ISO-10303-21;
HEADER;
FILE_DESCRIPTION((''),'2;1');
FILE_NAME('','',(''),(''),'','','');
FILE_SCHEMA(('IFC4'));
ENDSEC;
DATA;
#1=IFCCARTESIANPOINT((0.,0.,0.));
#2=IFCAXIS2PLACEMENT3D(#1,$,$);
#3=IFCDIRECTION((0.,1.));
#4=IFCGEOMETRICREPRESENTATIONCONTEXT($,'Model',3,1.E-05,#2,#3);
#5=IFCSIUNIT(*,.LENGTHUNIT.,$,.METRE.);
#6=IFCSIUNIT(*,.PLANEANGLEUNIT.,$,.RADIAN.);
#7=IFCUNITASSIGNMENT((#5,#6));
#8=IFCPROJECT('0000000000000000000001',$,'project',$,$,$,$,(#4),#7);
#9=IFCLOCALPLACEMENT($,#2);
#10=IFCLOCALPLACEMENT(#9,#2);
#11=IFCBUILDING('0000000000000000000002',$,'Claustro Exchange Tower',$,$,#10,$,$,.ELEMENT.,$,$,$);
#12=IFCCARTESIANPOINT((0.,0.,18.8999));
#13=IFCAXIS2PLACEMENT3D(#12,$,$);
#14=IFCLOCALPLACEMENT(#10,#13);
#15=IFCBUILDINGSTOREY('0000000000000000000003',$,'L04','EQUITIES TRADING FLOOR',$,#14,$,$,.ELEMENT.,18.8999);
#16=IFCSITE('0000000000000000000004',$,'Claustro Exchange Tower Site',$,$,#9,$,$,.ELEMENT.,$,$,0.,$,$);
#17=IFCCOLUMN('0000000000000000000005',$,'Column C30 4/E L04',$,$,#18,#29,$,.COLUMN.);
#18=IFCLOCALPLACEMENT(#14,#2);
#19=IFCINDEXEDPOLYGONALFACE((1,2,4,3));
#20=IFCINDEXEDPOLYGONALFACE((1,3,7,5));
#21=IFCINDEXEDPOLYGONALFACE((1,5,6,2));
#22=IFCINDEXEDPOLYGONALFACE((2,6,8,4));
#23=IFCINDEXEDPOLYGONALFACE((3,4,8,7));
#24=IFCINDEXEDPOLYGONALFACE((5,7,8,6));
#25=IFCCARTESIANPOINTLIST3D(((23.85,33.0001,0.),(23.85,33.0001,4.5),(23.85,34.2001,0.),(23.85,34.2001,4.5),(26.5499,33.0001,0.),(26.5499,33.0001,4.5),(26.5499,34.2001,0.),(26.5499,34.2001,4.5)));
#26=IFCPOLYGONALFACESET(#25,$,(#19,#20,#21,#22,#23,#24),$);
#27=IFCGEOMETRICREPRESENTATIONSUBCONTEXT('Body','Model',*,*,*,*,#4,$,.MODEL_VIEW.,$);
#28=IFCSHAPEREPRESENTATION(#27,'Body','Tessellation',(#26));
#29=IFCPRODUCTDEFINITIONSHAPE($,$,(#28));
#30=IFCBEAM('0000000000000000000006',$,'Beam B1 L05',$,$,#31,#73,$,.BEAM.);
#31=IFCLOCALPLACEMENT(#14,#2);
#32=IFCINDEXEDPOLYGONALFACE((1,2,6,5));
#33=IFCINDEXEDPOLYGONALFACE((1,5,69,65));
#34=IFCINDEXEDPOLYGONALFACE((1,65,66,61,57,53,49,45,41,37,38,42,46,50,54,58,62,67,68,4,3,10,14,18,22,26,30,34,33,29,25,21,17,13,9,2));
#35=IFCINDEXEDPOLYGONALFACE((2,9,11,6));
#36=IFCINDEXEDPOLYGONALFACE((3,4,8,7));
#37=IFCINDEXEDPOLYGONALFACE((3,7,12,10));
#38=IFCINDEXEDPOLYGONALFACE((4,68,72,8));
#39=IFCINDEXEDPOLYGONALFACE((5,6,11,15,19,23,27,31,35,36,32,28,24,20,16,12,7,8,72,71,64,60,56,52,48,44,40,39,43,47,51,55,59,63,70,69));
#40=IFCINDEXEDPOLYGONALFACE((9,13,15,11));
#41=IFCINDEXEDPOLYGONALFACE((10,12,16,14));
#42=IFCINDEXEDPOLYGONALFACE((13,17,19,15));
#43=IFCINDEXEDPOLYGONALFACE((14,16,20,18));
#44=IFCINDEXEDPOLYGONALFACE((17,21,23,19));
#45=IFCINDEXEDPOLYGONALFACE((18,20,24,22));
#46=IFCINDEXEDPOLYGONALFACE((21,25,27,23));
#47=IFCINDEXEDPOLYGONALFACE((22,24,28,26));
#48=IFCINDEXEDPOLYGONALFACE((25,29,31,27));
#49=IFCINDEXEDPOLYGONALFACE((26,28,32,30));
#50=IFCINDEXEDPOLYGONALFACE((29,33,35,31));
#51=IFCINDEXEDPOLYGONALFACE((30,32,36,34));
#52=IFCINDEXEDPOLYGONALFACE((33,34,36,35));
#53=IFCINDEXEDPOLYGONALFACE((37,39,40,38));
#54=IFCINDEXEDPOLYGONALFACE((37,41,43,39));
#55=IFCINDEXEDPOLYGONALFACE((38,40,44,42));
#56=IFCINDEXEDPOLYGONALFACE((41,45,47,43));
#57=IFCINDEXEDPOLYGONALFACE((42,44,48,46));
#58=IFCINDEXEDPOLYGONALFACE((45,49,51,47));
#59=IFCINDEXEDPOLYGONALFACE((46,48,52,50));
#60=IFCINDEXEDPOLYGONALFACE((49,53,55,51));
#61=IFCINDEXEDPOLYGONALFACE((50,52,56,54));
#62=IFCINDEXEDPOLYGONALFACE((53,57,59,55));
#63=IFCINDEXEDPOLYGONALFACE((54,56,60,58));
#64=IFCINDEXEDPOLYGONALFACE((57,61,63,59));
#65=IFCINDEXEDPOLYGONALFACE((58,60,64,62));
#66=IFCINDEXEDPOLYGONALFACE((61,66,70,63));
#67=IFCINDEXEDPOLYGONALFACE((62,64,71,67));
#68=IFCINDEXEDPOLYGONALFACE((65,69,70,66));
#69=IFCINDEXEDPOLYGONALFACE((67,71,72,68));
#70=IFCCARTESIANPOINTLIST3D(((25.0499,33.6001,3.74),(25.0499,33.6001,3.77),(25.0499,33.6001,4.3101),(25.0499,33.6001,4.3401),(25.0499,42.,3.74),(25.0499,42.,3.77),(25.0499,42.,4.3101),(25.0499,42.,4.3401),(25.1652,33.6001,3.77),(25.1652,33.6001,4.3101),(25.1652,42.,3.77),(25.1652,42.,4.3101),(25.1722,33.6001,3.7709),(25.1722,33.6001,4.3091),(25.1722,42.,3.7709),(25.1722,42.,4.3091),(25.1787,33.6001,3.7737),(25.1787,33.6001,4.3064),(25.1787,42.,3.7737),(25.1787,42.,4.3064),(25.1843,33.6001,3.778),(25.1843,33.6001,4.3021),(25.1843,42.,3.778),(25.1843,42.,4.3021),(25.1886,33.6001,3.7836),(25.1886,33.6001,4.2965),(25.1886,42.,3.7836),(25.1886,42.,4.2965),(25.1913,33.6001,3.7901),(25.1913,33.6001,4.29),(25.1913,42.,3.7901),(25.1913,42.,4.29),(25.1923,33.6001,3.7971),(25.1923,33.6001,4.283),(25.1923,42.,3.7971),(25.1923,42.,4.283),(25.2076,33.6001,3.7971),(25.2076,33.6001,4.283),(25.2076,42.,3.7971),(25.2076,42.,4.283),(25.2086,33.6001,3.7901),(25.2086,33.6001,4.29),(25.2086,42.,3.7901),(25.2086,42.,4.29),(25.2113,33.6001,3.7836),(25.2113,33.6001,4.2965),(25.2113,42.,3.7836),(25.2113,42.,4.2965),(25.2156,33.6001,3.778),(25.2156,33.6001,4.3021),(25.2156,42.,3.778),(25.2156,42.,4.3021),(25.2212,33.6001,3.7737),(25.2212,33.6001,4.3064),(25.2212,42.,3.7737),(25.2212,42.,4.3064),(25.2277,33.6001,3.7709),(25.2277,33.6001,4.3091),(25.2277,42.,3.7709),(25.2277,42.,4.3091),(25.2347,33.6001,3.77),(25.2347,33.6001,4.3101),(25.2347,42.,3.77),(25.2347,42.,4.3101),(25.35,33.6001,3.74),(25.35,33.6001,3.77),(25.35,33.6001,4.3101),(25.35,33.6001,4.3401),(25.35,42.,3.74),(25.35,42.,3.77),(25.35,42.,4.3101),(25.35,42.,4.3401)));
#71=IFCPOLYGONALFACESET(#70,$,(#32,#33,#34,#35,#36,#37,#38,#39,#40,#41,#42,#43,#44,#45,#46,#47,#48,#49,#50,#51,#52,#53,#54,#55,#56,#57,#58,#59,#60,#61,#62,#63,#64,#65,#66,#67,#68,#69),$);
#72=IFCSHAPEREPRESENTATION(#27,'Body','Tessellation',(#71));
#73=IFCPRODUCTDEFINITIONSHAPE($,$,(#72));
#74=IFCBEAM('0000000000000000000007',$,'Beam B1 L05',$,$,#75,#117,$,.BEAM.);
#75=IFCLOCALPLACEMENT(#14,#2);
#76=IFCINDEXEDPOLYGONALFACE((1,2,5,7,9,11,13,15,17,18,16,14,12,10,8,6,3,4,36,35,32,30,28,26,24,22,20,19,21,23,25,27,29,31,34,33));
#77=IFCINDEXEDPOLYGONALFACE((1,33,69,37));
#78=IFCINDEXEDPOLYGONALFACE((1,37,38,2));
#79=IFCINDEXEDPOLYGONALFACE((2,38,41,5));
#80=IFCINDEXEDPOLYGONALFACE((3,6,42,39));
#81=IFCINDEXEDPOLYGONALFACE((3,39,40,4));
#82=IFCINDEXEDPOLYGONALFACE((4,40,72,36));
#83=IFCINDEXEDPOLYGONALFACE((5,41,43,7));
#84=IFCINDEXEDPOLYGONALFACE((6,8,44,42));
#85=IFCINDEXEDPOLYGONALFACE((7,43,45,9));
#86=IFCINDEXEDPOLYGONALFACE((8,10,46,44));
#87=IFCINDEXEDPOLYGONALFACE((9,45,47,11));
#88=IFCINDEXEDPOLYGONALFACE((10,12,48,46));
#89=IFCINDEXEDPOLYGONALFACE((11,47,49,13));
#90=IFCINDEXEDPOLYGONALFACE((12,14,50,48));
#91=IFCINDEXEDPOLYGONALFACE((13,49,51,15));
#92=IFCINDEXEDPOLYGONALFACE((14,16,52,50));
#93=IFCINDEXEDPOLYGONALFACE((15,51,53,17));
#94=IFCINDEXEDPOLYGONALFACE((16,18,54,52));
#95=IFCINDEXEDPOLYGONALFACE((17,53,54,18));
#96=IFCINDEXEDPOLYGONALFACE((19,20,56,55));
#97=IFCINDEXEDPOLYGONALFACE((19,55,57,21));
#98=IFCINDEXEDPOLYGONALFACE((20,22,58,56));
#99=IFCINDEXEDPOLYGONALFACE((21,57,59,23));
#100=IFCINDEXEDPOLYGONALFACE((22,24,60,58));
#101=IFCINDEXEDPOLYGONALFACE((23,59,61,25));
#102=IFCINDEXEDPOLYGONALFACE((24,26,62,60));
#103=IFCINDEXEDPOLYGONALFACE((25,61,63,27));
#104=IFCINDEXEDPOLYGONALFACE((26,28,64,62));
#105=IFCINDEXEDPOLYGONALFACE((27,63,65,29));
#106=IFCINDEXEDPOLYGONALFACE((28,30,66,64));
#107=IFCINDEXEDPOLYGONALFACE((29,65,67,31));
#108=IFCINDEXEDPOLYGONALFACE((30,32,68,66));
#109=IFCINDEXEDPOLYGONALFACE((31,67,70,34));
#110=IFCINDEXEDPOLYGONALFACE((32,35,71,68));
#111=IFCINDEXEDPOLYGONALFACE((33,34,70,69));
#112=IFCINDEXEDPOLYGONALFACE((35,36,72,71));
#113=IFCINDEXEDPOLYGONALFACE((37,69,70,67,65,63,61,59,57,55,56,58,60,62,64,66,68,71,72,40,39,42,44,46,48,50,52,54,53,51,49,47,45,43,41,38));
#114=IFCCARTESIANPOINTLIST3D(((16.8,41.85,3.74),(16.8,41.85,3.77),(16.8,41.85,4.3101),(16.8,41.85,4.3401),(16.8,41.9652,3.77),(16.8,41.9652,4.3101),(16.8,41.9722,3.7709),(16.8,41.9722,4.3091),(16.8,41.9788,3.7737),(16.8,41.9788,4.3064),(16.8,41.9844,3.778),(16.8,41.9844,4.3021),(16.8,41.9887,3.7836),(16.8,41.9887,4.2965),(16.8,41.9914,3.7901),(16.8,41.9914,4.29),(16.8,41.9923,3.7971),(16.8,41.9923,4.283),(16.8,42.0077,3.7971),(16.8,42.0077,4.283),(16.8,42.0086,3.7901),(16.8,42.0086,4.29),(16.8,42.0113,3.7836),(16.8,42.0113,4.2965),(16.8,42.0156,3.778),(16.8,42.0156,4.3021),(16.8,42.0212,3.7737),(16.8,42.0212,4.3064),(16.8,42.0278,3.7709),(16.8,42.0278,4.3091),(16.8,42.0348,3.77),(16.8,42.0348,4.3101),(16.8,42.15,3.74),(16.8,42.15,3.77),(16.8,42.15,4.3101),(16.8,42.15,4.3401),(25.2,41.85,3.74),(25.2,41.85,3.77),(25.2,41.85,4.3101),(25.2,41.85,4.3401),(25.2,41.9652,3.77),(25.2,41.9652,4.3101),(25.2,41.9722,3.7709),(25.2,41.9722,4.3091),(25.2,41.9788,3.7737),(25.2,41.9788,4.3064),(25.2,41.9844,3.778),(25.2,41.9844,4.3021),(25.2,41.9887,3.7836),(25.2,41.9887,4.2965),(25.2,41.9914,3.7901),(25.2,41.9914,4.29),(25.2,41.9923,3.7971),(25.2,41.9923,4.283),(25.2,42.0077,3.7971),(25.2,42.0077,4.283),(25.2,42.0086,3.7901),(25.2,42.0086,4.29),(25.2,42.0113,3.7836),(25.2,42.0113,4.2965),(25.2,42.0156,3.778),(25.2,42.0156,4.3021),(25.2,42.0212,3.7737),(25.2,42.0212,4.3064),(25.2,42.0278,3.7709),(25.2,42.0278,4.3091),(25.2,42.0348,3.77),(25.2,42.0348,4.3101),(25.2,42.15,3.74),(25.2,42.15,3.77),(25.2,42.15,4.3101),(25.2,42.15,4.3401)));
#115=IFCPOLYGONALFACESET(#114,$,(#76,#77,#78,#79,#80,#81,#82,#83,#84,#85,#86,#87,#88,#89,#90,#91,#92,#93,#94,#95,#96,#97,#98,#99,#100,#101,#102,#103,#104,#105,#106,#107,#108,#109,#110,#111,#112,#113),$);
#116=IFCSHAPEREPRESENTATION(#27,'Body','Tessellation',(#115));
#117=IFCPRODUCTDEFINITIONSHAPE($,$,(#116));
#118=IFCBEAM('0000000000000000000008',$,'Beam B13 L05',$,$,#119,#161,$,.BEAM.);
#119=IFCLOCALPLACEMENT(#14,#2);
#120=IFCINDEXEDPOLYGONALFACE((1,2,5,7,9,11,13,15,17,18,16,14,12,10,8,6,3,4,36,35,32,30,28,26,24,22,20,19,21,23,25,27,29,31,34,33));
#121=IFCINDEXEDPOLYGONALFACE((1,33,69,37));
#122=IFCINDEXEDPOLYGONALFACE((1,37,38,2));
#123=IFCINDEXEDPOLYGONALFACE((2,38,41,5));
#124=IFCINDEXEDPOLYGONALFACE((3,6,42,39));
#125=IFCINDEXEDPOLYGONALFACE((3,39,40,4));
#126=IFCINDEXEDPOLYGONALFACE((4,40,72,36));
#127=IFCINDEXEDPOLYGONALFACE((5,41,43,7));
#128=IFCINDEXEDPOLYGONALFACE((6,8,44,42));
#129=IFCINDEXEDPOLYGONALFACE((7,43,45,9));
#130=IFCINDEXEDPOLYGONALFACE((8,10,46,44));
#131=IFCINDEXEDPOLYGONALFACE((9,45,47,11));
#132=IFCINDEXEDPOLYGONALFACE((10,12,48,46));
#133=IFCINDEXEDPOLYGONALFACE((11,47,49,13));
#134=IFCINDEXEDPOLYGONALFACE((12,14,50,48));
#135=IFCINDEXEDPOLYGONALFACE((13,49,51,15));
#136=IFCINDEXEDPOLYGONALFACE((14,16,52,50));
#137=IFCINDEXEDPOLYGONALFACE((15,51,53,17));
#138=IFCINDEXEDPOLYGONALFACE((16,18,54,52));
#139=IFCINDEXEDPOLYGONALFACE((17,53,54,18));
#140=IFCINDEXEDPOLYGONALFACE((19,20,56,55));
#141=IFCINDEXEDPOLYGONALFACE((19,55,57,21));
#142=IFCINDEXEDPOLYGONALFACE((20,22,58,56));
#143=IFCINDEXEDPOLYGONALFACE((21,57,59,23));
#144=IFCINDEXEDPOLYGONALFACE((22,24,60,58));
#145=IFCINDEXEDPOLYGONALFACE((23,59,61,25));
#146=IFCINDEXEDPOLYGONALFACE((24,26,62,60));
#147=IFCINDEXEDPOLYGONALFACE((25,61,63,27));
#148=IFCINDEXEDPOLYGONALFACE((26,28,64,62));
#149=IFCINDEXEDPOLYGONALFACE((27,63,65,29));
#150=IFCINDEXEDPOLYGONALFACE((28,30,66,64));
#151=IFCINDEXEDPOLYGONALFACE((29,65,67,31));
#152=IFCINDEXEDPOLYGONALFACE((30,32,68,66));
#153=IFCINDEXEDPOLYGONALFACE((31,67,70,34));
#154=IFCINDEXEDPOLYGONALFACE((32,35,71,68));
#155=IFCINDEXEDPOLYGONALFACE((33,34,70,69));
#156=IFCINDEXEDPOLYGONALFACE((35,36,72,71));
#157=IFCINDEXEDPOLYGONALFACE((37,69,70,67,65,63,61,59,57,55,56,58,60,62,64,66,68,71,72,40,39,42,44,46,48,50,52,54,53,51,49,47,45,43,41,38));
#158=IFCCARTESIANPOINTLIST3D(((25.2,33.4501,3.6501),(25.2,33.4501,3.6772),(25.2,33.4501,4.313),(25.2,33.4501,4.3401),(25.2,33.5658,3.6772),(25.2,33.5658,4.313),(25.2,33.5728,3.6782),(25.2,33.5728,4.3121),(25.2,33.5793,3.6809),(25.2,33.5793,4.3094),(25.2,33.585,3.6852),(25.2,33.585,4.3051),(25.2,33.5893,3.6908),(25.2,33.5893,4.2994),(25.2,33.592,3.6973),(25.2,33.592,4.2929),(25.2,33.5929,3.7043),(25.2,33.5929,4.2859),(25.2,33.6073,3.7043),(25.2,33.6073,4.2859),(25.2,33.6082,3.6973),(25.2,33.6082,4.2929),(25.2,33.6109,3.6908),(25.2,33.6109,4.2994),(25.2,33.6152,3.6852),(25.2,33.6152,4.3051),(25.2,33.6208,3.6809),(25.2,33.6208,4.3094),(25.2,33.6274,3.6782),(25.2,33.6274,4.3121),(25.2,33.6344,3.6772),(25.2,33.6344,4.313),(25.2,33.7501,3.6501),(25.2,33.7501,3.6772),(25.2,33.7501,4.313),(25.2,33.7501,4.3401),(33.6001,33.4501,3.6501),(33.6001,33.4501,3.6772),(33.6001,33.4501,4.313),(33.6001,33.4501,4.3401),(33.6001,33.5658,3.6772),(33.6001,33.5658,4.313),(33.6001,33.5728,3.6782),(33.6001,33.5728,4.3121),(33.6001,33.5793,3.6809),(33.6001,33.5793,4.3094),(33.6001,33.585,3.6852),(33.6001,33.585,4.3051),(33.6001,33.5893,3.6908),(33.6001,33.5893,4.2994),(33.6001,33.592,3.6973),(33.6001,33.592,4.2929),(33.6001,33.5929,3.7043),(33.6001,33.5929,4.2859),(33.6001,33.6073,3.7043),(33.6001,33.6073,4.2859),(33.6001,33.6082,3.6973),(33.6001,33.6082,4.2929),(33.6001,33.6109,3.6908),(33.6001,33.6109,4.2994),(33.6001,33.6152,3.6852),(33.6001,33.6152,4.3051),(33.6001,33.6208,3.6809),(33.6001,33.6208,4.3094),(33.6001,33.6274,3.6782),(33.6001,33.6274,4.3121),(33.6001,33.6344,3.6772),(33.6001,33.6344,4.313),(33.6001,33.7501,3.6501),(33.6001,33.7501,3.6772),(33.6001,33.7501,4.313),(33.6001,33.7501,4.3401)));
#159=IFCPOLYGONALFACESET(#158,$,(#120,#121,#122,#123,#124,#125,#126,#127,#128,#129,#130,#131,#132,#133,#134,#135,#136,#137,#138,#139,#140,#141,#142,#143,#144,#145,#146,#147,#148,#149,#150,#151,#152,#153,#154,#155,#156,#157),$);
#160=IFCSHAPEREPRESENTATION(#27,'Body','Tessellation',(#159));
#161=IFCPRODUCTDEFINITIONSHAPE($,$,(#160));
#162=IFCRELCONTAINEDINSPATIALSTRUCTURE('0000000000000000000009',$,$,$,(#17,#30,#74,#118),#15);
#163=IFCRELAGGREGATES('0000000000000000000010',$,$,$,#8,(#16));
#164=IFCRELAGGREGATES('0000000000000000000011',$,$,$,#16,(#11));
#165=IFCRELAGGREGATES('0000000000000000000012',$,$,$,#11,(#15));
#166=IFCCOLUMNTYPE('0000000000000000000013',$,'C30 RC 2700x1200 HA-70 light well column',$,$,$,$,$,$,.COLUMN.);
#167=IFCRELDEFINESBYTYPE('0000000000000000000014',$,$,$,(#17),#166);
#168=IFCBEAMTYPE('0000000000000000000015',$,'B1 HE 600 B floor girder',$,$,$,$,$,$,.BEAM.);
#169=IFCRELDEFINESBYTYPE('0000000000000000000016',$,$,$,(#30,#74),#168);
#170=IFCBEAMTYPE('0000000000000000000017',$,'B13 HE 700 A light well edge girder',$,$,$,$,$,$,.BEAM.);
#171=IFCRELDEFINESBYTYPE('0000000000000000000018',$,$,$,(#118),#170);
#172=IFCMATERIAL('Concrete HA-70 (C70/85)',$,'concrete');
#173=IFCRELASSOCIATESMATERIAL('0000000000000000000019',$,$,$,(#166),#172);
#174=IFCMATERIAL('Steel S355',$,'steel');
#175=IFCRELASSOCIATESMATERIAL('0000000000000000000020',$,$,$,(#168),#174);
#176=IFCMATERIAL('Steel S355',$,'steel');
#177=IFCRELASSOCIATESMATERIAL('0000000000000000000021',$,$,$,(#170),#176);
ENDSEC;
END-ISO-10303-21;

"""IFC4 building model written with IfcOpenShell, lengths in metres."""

from ifc_helpers import new_model, si_unit, direction, frame, origin, origin_2d, place, context, subcontext, project, spatial, rectangle, i_section, extrude, material, material_profile, profile_set, type_object, element, save


model = new_model("IFC4")

# Units and contexts
model_context = context("Model", 3, precision=1e-05, world=origin(), true_north=direction((0.0, 1.0)))
body_context = subcontext(model_context, "Body", "Model", "MODEL_VIEW")
ifc_project = project(units=[si_unit("LENGTHUNIT", "METRE"), si_unit("PLANEANGLEUNIT", "RADIAN")], contexts=[model_context])

# Site, building, storey
site_placement = place(None, origin())
site = spatial("IfcSite", under=ifc_project, at=site_placement, Name="Claustro Exchange Tower Site", CompositionType="ELEMENT", RefElevation=0.0)
building_placement = place(site_placement, origin())
building = spatial("IfcBuilding", under=site, at=building_placement, Name="Claustro Exchange Tower", CompositionType="ELEMENT")
storey_placement = place(building_placement, frame((0.0, 0.0, 18.8999)))
storey = spatial("IfcBuildingStorey", under=building, at=storey_placement, Name="L04", Description="EQUITIES TRADING FLOOR", CompositionType="ELEMENT", Elevation=18.8999)

# Column
ifc_material_1 = material(Name="Concrete HA-70 (C70/85)", Category="concrete")
ifc_material_profile_1 = material_profile(ifc_material_1, rectangle(XDim=2.7, YDim=1.2, at=origin_2d()), Name="RC 2700x1200")
ifc_profile_set_1 = profile_set([ifc_material_profile_1], Name="Concrete HA-70 (C70/85)")
column_type = type_object("IfcColumnType", Name="C30 RC 2700x1200 HA-70 light well column", PredefinedType="COLUMN", material=ifc_profile_set_1)
column_placement = place(storey_placement, frame((25.2, 33.6001, 0.0), z_axis=(0.0, 0.0, 1.0), x_axis=(1.0, 0.0, 0.0)))
element("IfcColumn", 1, at=column_placement, inside=storey, type_object=column_type, Name="Column C30 4/E L04", PredefinedType="COLUMN", context=body_context, shape_type="SweptSolid", body=[
    extrude(rectangle(XDim=2.7, YDim=1.2, at=origin_2d()), origin(), (0.0, 0.0, 1.0), 4.5),
])

# Beams
ifc_material_2 = material(Name="Steel S355", Category="steel")
ifc_material_profile_2 = material_profile(ifc_material_2, i_section(OverallWidth=0.3, OverallDepth=0.6001, WebThickness=0.0154, FlangeThickness=0.03, FilletRadius=0.0271, at=origin_2d()), Name="HE 600 B")
ifc_profile_set_2 = profile_set([ifc_material_profile_2], Name="Steel S355")
beam_type_1 = type_object("IfcBeamType", Name="B1 HE 600 B floor girder", PredefinedType="BEAM", material=ifc_profile_set_2)
for number, where, z_axis, x_axis, name in (
    (2, (25.2, 33.6001, 4.04), (0.0, 1.0, 0.0), (-1.0, 0.0, 0.0), "Beam B1 L05"),
    (3, (16.8, 42.0, 4.04), (1.0, 0.0, 0.0), (0.0, 1.0, 0.0), "Beam B1 L05"),
):
    element("IfcBeam", number, at=place(storey_placement, frame(where, z_axis=z_axis, x_axis=x_axis)), inside=storey, type_object=beam_type_1, Name=name, PredefinedType="BEAM", context=body_context, shape_type="SweptSolid", body=[
        extrude(i_section(OverallWidth=0.3, OverallDepth=0.6001, WebThickness=0.0154, FlangeThickness=0.03, FilletRadius=0.0271, at=origin_2d()), origin(), (0.0, 0.0, 1.0), 8.3999),
    ])
ifc_material_3 = material(Name="Steel S355", Category="steel")
ifc_material_profile_3 = material_profile(ifc_material_3, i_section(OverallWidth=0.3, OverallDepth=0.6899, WebThickness=0.0144, FlangeThickness=0.0271, FilletRadius=0.0271, at=origin_2d()), Name="HE 700 A")
ifc_profile_set_3 = profile_set([ifc_material_profile_3], Name="Steel S355")
beam_type_2 = type_object("IfcBeamType", Name="B13 HE 700 A light well edge girder", PredefinedType="BEAM", material=ifc_profile_set_3)
beam_placement = place(storey_placement, frame((25.2, 33.6001, 3.9951), z_axis=(1.0, 0.0, 0.0), x_axis=(0.0, 1.0, 0.0)))
element("IfcBeam", 4, at=beam_placement, inside=storey, type_object=beam_type_2, Name="Beam B13 L05", PredefinedType="BEAM", context=body_context, shape_type="SweptSolid", body=[
    extrude(i_section(OverallWidth=0.3, OverallDepth=0.6899, WebThickness=0.0144, FlangeThickness=0.0271, FilletRadius=0.0271, at=origin_2d()), origin(), (0.0, 0.0, 1.0), 8.4001),
])

save(model, "model.ifc")
